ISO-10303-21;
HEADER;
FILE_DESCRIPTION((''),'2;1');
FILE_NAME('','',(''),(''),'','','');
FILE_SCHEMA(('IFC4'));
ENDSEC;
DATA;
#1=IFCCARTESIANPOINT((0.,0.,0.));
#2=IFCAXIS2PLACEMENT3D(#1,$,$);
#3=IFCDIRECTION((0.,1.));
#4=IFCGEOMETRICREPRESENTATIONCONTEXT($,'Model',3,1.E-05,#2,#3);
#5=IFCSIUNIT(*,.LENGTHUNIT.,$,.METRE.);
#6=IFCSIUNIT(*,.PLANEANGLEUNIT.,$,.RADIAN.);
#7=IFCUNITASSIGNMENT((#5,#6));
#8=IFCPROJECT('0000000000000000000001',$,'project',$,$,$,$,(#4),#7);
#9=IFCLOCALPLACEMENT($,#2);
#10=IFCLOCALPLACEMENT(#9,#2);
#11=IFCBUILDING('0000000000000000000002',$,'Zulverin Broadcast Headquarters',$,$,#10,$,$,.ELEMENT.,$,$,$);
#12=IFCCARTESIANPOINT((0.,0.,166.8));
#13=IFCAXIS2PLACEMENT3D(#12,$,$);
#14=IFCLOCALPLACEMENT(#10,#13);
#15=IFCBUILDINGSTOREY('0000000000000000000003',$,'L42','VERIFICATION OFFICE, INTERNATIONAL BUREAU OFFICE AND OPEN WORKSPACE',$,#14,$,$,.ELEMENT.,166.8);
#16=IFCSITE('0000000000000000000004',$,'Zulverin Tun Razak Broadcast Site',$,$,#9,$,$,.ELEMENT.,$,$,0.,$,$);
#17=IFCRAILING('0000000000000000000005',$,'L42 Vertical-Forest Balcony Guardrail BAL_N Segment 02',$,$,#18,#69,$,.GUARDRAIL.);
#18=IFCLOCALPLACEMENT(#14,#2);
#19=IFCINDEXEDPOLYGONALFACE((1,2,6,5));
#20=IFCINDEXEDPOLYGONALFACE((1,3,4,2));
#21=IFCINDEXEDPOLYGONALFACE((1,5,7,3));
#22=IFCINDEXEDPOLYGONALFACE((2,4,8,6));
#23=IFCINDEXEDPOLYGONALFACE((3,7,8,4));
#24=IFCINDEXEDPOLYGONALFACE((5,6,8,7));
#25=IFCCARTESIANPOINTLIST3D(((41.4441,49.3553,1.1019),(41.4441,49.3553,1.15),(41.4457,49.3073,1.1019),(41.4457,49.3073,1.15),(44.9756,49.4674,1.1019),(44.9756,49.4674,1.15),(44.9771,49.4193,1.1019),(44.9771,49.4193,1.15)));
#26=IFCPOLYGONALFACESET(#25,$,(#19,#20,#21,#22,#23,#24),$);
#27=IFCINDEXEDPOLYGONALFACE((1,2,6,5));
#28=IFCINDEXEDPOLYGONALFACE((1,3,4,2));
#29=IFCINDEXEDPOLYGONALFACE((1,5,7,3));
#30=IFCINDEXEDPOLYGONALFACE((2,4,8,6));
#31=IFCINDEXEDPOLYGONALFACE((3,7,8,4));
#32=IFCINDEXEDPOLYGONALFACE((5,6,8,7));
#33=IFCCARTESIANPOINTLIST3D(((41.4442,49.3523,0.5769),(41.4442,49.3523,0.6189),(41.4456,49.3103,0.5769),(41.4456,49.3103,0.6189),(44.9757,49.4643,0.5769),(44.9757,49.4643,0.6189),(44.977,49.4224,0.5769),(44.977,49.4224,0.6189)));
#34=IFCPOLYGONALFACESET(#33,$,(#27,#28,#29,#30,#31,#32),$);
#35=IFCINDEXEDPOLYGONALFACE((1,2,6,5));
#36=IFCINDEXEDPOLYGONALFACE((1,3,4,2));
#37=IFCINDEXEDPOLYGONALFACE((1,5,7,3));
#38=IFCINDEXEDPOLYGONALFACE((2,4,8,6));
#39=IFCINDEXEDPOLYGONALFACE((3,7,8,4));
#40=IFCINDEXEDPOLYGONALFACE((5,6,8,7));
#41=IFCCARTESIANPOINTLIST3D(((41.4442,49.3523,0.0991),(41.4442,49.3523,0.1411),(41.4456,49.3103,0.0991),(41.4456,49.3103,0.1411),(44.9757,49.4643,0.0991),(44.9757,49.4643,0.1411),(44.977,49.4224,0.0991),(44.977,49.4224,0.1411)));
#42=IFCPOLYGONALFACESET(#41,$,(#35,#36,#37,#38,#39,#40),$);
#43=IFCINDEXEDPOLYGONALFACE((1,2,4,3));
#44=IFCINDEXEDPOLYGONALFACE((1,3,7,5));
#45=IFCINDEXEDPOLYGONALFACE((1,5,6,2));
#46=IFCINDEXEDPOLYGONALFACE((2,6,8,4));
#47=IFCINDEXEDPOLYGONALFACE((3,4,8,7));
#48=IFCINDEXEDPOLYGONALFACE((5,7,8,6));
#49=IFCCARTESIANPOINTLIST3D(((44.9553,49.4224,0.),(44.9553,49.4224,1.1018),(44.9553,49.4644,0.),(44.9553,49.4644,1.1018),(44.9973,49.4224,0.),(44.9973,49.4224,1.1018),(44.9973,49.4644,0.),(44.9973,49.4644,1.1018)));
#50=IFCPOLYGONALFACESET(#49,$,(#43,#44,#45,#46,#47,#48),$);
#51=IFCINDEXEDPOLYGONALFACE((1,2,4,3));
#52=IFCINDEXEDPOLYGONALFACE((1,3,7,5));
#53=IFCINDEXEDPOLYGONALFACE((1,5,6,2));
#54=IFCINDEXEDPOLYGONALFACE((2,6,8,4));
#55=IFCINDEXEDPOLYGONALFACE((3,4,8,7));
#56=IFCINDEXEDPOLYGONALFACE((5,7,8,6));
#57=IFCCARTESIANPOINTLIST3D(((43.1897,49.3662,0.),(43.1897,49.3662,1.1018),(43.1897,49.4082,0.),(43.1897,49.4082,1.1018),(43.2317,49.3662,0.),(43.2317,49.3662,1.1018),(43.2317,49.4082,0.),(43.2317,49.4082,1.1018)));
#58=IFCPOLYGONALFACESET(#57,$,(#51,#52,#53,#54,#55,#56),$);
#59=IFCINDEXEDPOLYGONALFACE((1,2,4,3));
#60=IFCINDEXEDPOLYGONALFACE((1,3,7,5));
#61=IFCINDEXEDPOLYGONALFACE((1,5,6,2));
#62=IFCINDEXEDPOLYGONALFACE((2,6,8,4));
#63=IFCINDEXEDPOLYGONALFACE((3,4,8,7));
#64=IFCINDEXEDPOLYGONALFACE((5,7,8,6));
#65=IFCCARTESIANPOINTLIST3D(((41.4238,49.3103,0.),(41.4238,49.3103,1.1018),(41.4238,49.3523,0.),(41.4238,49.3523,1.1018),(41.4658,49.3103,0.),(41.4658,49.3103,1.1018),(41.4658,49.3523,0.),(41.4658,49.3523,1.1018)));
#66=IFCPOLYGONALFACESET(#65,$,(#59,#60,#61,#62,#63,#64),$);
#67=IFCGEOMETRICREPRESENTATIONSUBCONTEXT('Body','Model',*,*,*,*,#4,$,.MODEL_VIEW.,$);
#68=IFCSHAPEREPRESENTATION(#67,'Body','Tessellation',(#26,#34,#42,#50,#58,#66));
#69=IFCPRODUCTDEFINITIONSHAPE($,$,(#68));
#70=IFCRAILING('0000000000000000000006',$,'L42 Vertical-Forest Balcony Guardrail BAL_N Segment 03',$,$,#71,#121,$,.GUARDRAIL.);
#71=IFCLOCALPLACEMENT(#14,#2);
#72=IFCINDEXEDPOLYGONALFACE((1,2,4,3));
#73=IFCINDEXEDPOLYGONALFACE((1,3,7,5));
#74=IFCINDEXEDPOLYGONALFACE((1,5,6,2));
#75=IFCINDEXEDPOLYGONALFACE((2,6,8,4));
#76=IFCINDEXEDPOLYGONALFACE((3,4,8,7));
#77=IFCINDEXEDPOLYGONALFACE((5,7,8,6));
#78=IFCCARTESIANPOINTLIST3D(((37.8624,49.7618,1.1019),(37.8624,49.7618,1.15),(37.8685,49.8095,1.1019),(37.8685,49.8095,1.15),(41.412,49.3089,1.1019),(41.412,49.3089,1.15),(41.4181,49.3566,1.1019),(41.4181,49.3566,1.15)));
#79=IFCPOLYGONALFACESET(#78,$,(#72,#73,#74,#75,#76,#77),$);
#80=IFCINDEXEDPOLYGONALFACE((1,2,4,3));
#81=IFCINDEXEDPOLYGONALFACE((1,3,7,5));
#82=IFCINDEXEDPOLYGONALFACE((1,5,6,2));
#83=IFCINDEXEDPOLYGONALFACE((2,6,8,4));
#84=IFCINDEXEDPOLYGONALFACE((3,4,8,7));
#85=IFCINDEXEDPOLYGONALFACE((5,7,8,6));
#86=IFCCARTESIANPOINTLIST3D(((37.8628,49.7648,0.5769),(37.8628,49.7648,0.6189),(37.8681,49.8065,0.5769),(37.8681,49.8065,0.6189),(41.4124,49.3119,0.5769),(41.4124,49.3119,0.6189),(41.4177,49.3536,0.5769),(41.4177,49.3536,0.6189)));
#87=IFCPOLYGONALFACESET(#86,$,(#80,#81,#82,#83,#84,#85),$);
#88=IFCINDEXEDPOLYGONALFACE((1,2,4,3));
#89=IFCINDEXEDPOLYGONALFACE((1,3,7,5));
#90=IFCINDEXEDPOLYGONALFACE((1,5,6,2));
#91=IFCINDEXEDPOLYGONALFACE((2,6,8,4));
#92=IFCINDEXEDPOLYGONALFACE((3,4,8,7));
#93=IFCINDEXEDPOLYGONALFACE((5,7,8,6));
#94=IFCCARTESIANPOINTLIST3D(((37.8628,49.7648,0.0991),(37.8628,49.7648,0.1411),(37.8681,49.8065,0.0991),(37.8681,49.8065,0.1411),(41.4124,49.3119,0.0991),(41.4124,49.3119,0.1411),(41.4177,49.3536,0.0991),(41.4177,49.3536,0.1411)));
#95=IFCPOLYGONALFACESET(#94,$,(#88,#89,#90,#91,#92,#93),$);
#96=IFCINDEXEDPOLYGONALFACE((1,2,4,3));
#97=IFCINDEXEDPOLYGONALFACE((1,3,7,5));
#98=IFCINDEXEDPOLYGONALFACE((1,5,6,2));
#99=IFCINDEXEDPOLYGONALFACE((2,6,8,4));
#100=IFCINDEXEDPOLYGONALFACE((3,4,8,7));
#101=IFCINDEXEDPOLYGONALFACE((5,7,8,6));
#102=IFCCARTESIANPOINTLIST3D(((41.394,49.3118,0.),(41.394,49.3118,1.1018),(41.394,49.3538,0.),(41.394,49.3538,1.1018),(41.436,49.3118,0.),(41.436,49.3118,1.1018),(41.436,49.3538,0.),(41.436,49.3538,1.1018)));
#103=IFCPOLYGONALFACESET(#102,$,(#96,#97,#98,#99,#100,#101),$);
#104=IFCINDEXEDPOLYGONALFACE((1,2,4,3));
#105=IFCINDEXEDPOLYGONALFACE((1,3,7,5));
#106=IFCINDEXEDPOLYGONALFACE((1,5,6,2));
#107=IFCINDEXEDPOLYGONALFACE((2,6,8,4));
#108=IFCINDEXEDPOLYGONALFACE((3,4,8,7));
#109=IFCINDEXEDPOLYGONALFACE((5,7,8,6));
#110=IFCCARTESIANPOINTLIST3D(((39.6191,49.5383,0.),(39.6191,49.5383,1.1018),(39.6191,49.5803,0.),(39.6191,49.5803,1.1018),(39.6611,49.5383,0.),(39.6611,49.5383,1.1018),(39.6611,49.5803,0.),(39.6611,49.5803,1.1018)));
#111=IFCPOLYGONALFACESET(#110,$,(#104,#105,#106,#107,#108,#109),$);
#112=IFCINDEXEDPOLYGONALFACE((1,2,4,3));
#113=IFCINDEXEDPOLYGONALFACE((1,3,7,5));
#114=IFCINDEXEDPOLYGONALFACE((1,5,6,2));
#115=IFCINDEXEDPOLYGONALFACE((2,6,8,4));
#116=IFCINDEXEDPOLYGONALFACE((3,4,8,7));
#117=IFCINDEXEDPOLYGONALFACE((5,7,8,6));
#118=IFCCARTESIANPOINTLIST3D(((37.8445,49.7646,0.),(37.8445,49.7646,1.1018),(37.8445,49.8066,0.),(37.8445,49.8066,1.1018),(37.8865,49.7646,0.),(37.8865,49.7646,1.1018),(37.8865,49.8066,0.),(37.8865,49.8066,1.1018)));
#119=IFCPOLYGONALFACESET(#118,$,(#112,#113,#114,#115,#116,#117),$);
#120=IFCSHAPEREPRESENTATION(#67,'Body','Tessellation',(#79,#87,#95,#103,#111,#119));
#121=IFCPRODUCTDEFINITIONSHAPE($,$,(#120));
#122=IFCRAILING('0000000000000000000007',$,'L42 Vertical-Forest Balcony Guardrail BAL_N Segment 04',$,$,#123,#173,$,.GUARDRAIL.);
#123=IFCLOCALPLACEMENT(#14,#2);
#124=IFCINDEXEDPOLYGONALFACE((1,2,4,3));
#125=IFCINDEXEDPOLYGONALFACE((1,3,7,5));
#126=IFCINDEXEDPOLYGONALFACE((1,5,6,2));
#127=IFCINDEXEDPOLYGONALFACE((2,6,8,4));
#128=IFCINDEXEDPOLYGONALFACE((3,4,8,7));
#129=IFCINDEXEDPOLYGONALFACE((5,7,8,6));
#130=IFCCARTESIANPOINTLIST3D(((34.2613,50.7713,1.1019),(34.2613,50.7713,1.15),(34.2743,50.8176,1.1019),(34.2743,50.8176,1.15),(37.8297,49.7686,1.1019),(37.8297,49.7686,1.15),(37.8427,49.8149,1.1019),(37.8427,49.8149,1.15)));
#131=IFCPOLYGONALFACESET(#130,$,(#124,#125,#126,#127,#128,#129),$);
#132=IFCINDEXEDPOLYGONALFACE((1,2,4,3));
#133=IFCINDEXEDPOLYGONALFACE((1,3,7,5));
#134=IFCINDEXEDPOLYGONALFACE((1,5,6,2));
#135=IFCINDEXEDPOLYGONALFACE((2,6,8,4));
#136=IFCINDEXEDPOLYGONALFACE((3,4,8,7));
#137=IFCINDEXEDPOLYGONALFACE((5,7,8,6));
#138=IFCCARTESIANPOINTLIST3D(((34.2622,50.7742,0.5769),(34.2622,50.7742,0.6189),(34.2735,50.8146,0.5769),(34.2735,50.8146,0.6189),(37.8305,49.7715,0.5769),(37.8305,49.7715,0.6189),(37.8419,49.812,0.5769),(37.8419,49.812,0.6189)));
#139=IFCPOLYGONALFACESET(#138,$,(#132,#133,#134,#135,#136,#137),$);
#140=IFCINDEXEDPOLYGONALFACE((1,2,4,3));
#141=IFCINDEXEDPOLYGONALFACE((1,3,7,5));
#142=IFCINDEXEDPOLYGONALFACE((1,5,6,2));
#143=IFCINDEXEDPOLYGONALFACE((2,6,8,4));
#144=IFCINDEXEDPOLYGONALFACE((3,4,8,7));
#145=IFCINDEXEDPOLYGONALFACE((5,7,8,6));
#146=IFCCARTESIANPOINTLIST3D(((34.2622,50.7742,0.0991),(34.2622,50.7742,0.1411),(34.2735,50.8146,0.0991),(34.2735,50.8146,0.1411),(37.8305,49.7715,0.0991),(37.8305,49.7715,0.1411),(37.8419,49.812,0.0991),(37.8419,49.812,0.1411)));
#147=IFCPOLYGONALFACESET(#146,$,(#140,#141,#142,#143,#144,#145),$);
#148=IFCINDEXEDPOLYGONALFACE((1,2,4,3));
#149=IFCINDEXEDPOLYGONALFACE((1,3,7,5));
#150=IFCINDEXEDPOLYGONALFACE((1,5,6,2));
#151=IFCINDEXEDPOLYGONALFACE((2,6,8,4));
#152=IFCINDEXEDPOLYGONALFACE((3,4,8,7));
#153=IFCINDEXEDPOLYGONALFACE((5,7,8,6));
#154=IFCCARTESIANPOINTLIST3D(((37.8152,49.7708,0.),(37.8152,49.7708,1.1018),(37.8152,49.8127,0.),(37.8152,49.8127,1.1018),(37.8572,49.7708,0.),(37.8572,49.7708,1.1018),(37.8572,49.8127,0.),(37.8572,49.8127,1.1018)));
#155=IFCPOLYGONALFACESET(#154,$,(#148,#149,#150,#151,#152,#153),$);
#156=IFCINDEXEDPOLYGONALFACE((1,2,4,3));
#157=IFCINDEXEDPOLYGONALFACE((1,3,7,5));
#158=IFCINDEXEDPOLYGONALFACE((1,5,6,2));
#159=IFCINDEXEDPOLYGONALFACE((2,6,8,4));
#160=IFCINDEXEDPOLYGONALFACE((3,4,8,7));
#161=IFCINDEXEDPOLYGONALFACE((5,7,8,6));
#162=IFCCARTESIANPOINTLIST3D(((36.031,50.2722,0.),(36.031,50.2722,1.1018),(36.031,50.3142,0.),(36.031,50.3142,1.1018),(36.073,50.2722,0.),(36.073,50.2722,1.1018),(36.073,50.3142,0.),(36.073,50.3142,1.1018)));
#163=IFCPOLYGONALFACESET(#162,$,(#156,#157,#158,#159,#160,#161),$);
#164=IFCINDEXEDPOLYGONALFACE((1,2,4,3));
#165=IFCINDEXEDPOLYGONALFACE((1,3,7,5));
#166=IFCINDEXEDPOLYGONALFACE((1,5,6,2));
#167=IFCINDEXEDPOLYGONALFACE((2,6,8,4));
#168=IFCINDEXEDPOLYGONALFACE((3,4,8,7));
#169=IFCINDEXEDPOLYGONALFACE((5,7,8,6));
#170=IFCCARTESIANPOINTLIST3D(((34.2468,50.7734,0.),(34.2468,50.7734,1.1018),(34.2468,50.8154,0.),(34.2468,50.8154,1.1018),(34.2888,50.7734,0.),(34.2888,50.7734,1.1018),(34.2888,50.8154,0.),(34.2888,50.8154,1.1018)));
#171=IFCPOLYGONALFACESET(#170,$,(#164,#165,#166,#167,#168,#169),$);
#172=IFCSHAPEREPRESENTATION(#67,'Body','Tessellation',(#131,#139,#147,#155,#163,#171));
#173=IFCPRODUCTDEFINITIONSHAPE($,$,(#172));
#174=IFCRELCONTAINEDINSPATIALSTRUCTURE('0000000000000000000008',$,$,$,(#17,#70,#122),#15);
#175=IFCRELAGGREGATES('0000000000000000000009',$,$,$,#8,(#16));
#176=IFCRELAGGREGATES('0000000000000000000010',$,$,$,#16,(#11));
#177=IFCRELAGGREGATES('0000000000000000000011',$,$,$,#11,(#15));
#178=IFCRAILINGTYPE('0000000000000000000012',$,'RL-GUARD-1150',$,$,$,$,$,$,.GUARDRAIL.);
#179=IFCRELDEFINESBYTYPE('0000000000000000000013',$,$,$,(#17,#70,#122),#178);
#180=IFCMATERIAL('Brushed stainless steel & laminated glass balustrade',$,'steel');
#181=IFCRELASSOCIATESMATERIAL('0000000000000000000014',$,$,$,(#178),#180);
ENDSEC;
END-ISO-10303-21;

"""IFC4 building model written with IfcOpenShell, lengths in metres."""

from ifc_helpers import new_model, si_unit, direction, frame, origin, origin_2d, place, context, subcontext, project, spatial, rectangle, extrude, material, type_object, element, save


model = new_model("IFC4")

# Units and contexts
model_context = context("Model", 3, precision=1e-05, world=origin(), true_north=direction((0.0, 1.0)))
body_context = subcontext(model_context, "Body", "Model", "MODEL_VIEW")
ifc_project = project(units=[si_unit("LENGTHUNIT", "METRE"), si_unit("PLANEANGLEUNIT", "RADIAN")], contexts=[model_context])

# Site, building, storey
site_placement = place(None, origin())
site = spatial("IfcSite", under=ifc_project, at=site_placement, Name="Zulverin Tun Razak Broadcast Site", CompositionType="ELEMENT", RefElevation=0.0)
building_placement = place(site_placement, origin())
building = spatial("IfcBuilding", under=site, at=building_placement, Name="Zulverin Broadcast Headquarters", CompositionType="ELEMENT")
storey_placement = place(building_placement, frame((0.0, 0.0, 166.8)))
storey = spatial("IfcBuildingStorey", under=building, at=storey_placement, Name="L42", Description="VERIFICATION OFFICE, INTERNATIONAL BUREAU OFFICE AND OPEN WORKSPACE", CompositionType="ELEMENT", Elevation=166.8)

# Railings
ifc_material_1 = material(Name="Brushed stainless steel & laminated glass balustrade", Category="steel")
railing_type_1 = type_object("IfcRailingType", Name="RL-GUARD-1150", PredefinedType="GUARDRAIL", material=ifc_material_1)
railing_1_placement = place(storey_placement, frame((44.9763, 49.4434, 0.0)))
element("IfcRailing", 1, at=railing_1_placement, inside=storey, type_object=railing_type_1, Name="L42 Vertical-Forest Balcony Guardrail BAL_N Segment 02", PredefinedType="GUARDRAIL", context=body_context, shape_type="SweptSolid", body=[
    extrude(rectangle(XDim=0.0481, YDim=0.0481, at=origin_2d()), frame((0.0, 0.0, 1.126), z_axis=(-0.999497, -0.031716, 0.0), x_axis=(0.031716, -0.999497, 0.0)), (0.0, 0.0, 1.0), 3.5332),
    extrude(rectangle(XDim=0.042, YDim=0.042, at=origin_2d()), frame((0.0, 0.0, 0.5979), z_axis=(-0.999497, -0.031716, 0.0), x_axis=(0.031716, -0.999497, 0.0)), (0.0, 0.0, 1.0), 3.5332),
    extrude(rectangle(XDim=0.042, YDim=0.042, at=origin_2d()), frame((0.0, 0.0, 0.1201), z_axis=(-0.999497, -0.031716, 0.0), x_axis=(0.031716, -0.999497, 0.0)), (0.0, 0.0, 1.0), 3.5332),
    extrude(rectangle(XDim=0.042, YDim=0.042, at=origin_2d()), origin(), (0.0, 0.0, 1.0), 1.1018),
    extrude(rectangle(XDim=0.042, YDim=0.042, at=origin_2d()), frame((-1.7656, -0.0562, 0.0)), (0.0, 0.0, 1.0), 1.1018),
    extrude(rectangle(XDim=0.042, YDim=0.042, at=origin_2d()), frame((-3.5315, -0.1121, 0.0)), (0.0, 0.0, 1.0), 1.1018),
])
railing_2_placement = place(storey_placement, frame((41.415, 49.3328, 0.0)))
element("IfcRailing", 2, at=railing_2_placement, inside=storey, type_object=railing_type_1, Name="L42 Vertical-Forest Balcony Guardrail BAL_N Segment 03", PredefinedType="GUARDRAIL", context=body_context, shape_type="SweptSolid", body=[
    extrude(rectangle(XDim=0.0481, YDim=0.0481, at=origin_2d()), frame((0.0, 0.0, 1.126), z_axis=(-0.991959, 0.126562, 0.0), x_axis=(-0.126562, -0.991959, 0.0)), (0.0, 0.0, 1.0), 3.5784),
    extrude(rectangle(XDim=0.042, YDim=0.042, at=origin_2d()), frame((0.0, 0.0, 0.5979), z_axis=(-0.991959, 0.126562, 0.0), x_axis=(-0.126562, -0.991959, 0.0)), (0.0, 0.0, 1.0), 3.5784),
    extrude(rectangle(XDim=0.042, YDim=0.042, at=origin_2d()), frame((0.0, 0.0, 0.1201), z_axis=(-0.991959, 0.126562, 0.0), x_axis=(-0.126562, -0.991959, 0.0)), (0.0, 0.0, 1.0), 3.5784),
    extrude(rectangle(XDim=0.042, YDim=0.042, at=origin_2d()), origin(), (0.0, 0.0, 1.0), 1.1018),
    extrude(rectangle(XDim=0.042, YDim=0.042, at=origin_2d()), frame((-1.7749, 0.2266, 0.0)), (0.0, 0.0, 1.0), 1.1018),
    extrude(rectangle(XDim=0.042, YDim=0.042, at=origin_2d()), frame((-3.5496, 0.4529, 0.0)), (0.0, 0.0, 1.0), 1.1018),
])
railing_3_placement = place(storey_placement, frame((37.8362, 49.7917, 0.0)))
element("IfcRailing", 3, at=railing_3_placement, inside=storey, type_object=railing_type_1, Name="L42 Vertical-Forest Balcony Guardrail BAL_N Segment 04", PredefinedType="GUARDRAIL", context=body_context, shape_type="SweptSolid", body=[
    extrude(rectangle(XDim=0.0481, YDim=0.0481, at=origin_2d()), frame((0.0, 0.0, 1.126), z_axis=(-0.962715, 0.270517, 0.0), x_axis=(-0.270517, -0.962715, 0.0)), (0.0, 0.0, 1.0), 3.7065),
    extrude(rectangle(XDim=0.042, YDim=0.042, at=origin_2d()), frame((0.0, 0.0, 0.5979), z_axis=(-0.962715, 0.270517, 0.0), x_axis=(-0.270517, -0.962715, 0.0)), (0.0, 0.0, 1.0), 3.7065),
    extrude(rectangle(XDim=0.042, YDim=0.042, at=origin_2d()), frame((0.0, 0.0, 0.1201), z_axis=(-0.962715, 0.270517, 0.0), x_axis=(-0.270517, -0.962715, 0.0)), (0.0, 0.0, 1.0), 3.7065),
    extrude(rectangle(XDim=0.042, YDim=0.042, at=origin_2d()), origin(), (0.0, 0.0, 1.0), 1.1018),
    extrude(rectangle(XDim=0.042, YDim=0.042, at=origin_2d()), frame((-1.7842, 0.5015, 0.0)), (0.0, 0.0, 1.0), 1.1018),
    extrude(rectangle(XDim=0.042, YDim=0.042, at=origin_2d()), frame((-3.5684, 1.0027, 0.0)), (0.0, 0.0, 1.0), 1.1018),
])

save(model, "model.ifc")
